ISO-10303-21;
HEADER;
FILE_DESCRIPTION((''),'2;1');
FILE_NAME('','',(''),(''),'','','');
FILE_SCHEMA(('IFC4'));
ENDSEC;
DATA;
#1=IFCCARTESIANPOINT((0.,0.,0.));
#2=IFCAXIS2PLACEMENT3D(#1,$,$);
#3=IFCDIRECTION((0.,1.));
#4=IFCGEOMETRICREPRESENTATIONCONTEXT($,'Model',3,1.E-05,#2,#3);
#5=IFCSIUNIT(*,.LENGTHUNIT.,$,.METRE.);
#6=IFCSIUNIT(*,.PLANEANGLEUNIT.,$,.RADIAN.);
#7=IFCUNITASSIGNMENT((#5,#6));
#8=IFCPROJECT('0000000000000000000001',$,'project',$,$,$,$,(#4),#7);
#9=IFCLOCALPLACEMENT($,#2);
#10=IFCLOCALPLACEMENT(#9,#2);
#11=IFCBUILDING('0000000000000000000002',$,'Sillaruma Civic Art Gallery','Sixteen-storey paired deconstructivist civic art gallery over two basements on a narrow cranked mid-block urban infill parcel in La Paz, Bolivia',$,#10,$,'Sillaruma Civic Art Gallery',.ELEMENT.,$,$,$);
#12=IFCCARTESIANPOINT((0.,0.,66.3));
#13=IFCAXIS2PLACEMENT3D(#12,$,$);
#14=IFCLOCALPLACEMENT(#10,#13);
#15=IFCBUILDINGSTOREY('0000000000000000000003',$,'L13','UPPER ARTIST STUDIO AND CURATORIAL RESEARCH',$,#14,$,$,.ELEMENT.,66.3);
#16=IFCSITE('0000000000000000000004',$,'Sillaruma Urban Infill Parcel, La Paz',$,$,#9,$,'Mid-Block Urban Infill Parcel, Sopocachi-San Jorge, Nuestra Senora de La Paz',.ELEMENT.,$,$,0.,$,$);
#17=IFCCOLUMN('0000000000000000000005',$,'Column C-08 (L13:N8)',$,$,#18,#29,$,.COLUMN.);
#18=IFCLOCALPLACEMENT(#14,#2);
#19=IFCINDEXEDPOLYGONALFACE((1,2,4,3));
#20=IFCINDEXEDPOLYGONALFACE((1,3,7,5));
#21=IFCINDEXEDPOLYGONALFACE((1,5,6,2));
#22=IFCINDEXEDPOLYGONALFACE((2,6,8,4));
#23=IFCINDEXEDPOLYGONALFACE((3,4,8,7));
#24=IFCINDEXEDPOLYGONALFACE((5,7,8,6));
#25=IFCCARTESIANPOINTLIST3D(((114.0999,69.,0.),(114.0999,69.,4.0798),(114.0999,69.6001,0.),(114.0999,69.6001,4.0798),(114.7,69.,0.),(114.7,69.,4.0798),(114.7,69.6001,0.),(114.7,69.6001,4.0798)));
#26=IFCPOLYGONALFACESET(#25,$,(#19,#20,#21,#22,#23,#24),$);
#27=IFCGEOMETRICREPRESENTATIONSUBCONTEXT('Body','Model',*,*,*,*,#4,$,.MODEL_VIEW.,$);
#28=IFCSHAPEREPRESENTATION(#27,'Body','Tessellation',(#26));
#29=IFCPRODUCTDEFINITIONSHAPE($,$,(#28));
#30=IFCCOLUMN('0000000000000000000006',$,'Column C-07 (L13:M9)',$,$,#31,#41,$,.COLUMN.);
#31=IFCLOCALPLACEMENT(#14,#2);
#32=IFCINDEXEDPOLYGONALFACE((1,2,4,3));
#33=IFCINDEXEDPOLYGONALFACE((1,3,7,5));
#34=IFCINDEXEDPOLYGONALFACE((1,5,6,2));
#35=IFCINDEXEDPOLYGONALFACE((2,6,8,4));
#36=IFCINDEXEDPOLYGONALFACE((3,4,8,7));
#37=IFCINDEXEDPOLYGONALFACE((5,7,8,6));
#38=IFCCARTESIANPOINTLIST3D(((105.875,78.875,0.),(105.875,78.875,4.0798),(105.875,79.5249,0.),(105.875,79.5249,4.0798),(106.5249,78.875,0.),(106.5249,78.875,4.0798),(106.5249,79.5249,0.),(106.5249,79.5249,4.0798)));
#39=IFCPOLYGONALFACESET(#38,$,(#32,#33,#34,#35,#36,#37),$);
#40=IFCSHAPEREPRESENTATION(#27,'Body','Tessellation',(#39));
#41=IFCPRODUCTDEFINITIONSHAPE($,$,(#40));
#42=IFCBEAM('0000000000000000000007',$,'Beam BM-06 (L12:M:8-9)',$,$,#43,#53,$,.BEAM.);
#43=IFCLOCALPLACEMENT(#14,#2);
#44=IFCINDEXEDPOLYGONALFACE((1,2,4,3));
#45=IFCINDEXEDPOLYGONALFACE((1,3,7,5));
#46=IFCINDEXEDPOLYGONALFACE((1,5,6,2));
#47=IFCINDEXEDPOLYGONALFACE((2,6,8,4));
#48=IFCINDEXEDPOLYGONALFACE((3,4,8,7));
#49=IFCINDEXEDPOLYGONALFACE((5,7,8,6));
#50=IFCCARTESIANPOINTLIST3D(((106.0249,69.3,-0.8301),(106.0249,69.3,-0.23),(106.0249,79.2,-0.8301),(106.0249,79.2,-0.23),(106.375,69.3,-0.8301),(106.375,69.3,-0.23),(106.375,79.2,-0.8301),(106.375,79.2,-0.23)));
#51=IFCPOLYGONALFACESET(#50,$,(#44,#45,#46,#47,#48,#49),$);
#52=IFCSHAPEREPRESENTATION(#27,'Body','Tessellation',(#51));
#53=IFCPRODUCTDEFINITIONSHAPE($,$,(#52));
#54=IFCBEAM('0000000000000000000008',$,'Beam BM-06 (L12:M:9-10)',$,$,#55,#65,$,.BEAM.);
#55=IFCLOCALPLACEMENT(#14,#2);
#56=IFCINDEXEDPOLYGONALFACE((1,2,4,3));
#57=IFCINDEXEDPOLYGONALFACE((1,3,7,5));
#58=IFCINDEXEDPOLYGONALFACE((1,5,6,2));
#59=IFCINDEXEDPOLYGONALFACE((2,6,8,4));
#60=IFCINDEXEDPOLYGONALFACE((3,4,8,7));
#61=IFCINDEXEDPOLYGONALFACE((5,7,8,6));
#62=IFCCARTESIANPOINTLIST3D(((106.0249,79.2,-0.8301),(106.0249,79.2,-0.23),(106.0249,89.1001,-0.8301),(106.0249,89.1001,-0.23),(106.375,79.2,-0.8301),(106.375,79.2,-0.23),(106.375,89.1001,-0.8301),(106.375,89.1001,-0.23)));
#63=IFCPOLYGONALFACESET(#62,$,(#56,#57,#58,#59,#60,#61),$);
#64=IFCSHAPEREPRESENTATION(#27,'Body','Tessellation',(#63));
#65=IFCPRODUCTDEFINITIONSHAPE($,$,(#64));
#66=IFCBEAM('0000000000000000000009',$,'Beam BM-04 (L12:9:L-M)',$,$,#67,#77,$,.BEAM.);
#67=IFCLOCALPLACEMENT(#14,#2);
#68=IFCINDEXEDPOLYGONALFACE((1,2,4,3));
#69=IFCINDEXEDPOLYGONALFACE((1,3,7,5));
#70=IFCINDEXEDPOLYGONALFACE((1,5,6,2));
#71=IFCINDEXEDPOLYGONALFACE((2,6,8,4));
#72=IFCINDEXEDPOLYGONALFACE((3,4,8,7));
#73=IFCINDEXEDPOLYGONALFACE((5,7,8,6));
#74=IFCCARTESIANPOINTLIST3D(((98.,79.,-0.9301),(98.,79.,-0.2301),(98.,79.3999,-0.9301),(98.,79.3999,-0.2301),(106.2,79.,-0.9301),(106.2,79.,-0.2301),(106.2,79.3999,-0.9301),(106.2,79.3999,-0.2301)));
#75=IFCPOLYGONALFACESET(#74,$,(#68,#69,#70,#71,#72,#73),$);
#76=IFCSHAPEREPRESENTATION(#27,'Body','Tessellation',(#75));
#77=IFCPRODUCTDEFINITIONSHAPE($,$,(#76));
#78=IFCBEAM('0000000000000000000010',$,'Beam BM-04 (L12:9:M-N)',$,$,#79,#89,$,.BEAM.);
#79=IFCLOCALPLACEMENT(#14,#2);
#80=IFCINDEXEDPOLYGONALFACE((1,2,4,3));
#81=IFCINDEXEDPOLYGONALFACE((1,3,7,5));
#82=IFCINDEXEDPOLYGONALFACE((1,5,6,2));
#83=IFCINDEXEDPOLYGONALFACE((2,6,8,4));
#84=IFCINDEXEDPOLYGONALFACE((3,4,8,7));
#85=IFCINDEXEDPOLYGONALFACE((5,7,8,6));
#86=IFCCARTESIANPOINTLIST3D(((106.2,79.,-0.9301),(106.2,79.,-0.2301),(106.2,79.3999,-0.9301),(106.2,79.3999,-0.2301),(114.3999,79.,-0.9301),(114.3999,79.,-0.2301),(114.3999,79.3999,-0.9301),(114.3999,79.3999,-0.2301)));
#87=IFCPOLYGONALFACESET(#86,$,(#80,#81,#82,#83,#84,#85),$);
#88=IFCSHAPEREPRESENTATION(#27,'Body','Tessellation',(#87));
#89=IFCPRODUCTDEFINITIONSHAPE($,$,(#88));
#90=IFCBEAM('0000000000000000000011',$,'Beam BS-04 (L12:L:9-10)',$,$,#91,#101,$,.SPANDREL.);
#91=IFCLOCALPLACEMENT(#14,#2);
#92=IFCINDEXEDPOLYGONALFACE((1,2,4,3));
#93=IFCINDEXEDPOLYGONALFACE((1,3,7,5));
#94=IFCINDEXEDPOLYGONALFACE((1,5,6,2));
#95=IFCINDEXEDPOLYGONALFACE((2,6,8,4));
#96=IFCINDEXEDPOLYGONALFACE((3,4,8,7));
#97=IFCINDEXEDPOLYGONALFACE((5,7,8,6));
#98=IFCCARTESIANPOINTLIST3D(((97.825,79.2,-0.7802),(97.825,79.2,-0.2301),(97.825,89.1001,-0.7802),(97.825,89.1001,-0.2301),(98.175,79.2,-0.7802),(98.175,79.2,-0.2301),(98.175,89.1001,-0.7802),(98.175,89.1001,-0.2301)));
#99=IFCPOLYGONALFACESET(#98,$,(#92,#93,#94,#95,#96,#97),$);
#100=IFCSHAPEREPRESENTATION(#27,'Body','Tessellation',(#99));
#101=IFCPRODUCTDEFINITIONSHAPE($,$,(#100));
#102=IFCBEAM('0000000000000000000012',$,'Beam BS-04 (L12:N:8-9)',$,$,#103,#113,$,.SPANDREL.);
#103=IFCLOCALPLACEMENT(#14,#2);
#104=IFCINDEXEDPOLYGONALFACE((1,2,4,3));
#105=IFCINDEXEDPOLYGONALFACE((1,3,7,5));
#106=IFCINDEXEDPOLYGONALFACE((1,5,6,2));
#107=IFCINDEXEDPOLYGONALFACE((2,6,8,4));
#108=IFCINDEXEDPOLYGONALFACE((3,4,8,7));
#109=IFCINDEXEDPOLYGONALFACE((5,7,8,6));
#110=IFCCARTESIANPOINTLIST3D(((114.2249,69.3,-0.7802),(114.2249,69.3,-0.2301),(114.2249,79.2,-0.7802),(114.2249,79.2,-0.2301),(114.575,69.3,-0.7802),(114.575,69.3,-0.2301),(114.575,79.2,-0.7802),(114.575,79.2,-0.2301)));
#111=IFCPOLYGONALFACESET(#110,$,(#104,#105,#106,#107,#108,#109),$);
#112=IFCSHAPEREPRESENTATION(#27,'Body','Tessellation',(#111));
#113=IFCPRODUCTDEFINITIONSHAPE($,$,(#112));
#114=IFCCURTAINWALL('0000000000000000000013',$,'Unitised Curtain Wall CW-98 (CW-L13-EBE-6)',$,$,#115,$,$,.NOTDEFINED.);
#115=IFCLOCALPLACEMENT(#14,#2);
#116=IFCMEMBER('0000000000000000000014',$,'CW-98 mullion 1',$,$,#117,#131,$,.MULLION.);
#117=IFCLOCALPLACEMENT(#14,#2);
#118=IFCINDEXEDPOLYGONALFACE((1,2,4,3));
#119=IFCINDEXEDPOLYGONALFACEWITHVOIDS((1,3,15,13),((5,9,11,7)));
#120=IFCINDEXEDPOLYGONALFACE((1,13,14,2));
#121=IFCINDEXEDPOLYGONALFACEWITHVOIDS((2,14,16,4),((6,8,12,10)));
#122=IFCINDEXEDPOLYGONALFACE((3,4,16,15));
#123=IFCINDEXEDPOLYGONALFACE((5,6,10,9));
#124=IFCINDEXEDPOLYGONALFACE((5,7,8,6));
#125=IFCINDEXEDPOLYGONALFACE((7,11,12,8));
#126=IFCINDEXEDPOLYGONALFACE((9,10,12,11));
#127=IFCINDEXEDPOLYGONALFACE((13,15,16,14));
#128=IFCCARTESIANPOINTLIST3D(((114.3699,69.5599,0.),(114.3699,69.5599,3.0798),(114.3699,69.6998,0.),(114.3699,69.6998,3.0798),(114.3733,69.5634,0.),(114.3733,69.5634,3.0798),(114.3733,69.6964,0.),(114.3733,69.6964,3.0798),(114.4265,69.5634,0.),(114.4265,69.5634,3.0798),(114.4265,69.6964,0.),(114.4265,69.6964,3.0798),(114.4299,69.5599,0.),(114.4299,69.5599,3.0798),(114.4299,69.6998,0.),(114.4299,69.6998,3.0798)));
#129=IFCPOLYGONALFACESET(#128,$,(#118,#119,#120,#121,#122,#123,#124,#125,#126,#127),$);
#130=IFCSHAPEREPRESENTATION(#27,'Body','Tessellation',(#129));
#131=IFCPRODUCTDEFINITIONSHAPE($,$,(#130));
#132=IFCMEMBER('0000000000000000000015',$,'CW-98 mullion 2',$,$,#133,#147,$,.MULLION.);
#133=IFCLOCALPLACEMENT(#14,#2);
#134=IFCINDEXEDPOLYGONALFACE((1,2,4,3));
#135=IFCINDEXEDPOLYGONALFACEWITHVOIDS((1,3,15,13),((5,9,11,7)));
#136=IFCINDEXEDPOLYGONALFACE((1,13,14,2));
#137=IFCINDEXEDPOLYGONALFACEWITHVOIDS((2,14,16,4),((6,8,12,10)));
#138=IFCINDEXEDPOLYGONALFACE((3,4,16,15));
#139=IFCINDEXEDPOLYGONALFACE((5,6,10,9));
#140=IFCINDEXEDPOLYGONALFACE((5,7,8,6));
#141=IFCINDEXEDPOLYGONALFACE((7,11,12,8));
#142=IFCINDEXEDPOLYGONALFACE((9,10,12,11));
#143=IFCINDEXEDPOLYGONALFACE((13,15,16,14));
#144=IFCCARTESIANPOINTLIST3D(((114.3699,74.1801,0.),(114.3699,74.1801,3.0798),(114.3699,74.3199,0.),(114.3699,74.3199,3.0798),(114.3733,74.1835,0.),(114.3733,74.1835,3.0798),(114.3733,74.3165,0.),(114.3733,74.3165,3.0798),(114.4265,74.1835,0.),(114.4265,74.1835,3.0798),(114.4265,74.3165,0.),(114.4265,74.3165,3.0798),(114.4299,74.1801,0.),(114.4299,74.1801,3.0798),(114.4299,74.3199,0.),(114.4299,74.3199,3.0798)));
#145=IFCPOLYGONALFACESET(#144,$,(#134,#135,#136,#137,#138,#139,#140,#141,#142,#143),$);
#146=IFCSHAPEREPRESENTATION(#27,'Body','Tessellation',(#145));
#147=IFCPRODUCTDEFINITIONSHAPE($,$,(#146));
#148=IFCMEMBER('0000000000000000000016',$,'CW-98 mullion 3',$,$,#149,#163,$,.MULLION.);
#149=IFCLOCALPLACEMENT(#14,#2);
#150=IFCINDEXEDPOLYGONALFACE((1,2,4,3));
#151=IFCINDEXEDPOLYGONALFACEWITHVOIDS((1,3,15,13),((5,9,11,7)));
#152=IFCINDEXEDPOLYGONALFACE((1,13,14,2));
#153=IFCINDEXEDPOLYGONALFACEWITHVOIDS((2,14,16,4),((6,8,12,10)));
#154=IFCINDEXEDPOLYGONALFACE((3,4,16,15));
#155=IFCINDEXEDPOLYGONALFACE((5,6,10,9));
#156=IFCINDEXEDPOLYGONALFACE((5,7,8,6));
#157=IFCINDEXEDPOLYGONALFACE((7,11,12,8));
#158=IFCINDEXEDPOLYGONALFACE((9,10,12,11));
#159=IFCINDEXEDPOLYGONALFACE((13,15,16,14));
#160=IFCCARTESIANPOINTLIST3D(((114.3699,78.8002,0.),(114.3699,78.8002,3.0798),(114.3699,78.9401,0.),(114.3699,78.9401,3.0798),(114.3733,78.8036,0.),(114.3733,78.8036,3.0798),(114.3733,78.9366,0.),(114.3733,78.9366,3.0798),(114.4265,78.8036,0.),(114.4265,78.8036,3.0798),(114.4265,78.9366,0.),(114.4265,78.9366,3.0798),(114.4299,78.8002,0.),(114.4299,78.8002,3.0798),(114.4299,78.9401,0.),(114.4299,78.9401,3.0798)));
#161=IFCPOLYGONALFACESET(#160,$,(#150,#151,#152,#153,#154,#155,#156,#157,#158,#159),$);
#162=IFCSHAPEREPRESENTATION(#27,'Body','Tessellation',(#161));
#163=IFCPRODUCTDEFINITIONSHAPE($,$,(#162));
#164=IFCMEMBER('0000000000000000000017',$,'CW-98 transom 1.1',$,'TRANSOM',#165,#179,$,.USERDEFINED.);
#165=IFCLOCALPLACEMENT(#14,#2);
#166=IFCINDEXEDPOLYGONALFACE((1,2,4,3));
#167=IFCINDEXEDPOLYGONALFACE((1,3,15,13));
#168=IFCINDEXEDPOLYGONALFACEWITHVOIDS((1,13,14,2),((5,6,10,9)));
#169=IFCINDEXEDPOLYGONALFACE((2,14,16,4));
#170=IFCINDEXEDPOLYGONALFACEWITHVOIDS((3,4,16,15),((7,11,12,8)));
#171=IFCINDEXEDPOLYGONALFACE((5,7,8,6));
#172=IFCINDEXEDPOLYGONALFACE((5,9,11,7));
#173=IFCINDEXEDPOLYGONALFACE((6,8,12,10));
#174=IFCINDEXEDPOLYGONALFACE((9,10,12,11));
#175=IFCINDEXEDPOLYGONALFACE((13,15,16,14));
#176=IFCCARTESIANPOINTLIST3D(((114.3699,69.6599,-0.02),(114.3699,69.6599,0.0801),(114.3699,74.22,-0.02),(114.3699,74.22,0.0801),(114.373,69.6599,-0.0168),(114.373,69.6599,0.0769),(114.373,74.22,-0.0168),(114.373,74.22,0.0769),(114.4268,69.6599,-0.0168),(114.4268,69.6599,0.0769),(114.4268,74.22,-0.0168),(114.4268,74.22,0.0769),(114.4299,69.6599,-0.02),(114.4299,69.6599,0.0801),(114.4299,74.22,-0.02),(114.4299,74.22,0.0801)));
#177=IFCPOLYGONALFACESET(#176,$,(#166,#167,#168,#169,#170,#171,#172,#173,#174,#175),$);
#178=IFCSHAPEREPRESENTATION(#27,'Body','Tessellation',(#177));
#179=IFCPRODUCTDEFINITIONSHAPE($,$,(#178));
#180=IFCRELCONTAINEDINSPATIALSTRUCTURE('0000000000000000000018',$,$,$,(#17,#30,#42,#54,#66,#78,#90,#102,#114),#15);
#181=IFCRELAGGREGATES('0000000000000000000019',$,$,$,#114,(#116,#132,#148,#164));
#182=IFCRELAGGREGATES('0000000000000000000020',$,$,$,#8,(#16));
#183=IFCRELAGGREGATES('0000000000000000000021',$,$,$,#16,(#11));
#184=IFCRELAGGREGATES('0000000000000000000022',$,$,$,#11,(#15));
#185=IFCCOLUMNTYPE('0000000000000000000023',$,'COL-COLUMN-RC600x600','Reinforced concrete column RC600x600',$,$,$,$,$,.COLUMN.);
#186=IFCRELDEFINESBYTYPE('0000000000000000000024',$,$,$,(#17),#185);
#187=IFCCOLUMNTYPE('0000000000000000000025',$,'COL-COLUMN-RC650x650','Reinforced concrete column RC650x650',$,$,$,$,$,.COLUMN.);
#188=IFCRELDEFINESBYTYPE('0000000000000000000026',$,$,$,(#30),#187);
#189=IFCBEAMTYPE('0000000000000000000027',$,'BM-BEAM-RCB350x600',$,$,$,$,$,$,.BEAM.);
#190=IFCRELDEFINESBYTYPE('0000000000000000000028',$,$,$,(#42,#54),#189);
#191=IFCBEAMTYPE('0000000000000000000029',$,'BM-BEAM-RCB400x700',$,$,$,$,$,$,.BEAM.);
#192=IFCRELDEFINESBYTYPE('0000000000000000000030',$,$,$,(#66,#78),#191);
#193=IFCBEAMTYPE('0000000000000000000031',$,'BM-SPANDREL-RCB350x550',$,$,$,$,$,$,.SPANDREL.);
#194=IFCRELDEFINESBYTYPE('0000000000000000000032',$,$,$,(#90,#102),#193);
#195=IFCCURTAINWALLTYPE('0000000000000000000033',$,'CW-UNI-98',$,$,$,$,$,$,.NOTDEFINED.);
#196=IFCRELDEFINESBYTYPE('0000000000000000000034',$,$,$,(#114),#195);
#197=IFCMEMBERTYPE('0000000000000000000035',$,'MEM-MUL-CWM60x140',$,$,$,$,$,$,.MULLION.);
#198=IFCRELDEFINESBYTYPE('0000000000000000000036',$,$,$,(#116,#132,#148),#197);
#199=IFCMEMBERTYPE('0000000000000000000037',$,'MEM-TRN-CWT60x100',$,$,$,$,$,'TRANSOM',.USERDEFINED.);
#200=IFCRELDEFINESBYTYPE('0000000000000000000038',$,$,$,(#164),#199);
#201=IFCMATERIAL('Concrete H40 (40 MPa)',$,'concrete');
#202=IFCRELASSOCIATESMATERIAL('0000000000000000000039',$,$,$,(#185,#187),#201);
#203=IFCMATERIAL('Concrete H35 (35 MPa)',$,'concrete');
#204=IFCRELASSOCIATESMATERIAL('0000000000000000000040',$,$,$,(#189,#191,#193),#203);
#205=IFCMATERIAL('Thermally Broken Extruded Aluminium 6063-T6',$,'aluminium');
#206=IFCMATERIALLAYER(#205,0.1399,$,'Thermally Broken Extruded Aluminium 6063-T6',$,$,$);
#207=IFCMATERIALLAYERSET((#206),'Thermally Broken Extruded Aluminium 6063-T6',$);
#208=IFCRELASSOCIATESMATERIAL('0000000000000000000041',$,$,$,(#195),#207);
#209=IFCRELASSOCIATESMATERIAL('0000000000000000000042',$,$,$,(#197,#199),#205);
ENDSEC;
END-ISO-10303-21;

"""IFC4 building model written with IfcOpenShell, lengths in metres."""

from ifc_helpers import new_model, si_unit, direction, frame, origin, origin_2d, place, context, subcontext, project, spatial, rectangle, hollow_rectangle, extrude, material, layer, layer_set, material_profile, profile_set, type_object, element, aggregate, save


model = new_model("IFC4")

# Units and contexts
model_context = context("Model", 3, precision=1e-05, world=origin(), true_north=direction((0.0, 1.0)))
body_context = subcontext(model_context, "Body", "Model", "MODEL_VIEW")
ifc_project = project(units=[si_unit("LENGTHUNIT", "METRE"), si_unit("PLANEANGLEUNIT", "RADIAN")], contexts=[model_context])

# Site, building, storey
site_placement = place(None, origin())
site = spatial("IfcSite", under=ifc_project, at=site_placement, Name="Sillaruma Urban Infill Parcel, La Paz", LongName="Mid-Block Urban Infill Parcel, Sopocachi-San Jorge, Nuestra Senora de La Paz", CompositionType="ELEMENT", RefElevation=0.0)
building_placement = place(site_placement, origin())
building = spatial("IfcBuilding", under=site, at=building_placement, Name="Sillaruma Civic Art Gallery", Description="Sixteen-storey paired deconstructivist civic art gallery over two basements on a narrow cranked mid-block urban infill parcel in La Paz, Bolivia", LongName="Sillaruma Civic Art Gallery", CompositionType="ELEMENT")
storey_placement = place(building_placement, frame((0.0, 0.0, 66.3)))
storey = spatial("IfcBuildingStorey", under=building, at=storey_placement, Name="L13", Description="UPPER ARTIST STUDIO AND CURATORIAL RESEARCH", CompositionType="ELEMENT", Elevation=66.3)

# Columns
ifc_material_1 = material(Name="Concrete H40 (40 MPa)", Category="concrete")
ifc_material_profile_1 = material_profile(ifc_material_1, rectangle(XDim=0.6001, YDim=0.6001, at=origin_2d()), Name="RC600x600")
ifc_profile_set_1 = profile_set([ifc_material_profile_1], Name="Concrete H40 (40 MPa)")
column_type_1 = type_object("IfcColumnType", Name="COL-COLUMN-RC600x600", Description="Reinforced concrete column RC600x600", PredefinedType="COLUMN", material=ifc_profile_set_1)
column_1_placement = place(storey_placement, frame((114.3999, 69.3, 0.0), z_axis=(0.0, 0.0, 1.0), x_axis=(1.0, 0.0, 0.0)))
element("IfcColumn", 1, at=column_1_placement, inside=storey, type_object=column_type_1, Name="Column C-08 (L13:N8)", PredefinedType="COLUMN", context=body_context, shape_type="SweptSolid", body=[
    extrude(rectangle(XDim=0.6001, YDim=0.6001, at=origin_2d()), origin(), (0.0, 0.0, 1.0), 4.0798),
])
ifc_material_profile_2 = material_profile(ifc_material_1, rectangle(XDim=0.6499, YDim=0.6499, at=origin_2d()), Name="RC650x650")
ifc_profile_set_2 = profile_set([ifc_material_profile_2], Name="Concrete H40 (40 MPa)")
column_type_2 = type_object("IfcColumnType", Name="COL-COLUMN-RC650x650", Description="Reinforced concrete column RC650x650", PredefinedType="COLUMN", material=ifc_profile_set_2)
column_2_placement = place(storey_placement, frame((106.2, 79.2, 0.0), z_axis=(0.0, 0.0, 1.0), x_axis=(1.0, 0.0, 0.0)))
element("IfcColumn", 2, at=column_2_placement, inside=storey, type_object=column_type_2, Name="Column C-07 (L13:M9)", PredefinedType="COLUMN", context=body_context, shape_type="SweptSolid", body=[
    extrude(rectangle(XDim=0.6499, YDim=0.6499, at=origin_2d()), origin(), (0.0, 0.0, 1.0), 4.0798),
])

# Beams
ifc_material_2 = material(Name="Concrete H35 (35 MPa)", Category="concrete")
ifc_material_profile_3 = material_profile(ifc_material_2, rectangle(XDim=0.3501, YDim=0.6001, at=origin_2d()), Name="RCB350x600")
ifc_profile_set_3 = profile_set([ifc_material_profile_3], Name="Concrete H35 (35 MPa)")
beam_type_1 = type_object("IfcBeamType", Name="BM-BEAM-RCB350x600", PredefinedType="BEAM", material=ifc_profile_set_3)
beam_1_placement = place(storey_placement, frame((106.2, 69.3, -0.53), z_axis=(0.0, 1.0, 0.0), x_axis=(-1.0, 0.0, 0.0)))
element("IfcBeam", 3, at=beam_1_placement, inside=storey, type_object=beam_type_1, Name="Beam BM-06 (L12:M:8-9)", PredefinedType="BEAM", context=body_context, shape_type="SweptSolid", body=[
    extrude(rectangle(XDim=0.3501, YDim=0.6001, at=origin_2d()), origin(), (0.0, 0.0, 1.0), 9.8999),
])
beam_2_placement = place(storey_placement, frame((106.2, 79.2, -0.53), z_axis=(0.0, 1.0, 0.0), x_axis=(-1.0, 0.0, 0.0)))
element("IfcBeam", 4, at=beam_2_placement, inside=storey, type_object=beam_type_1, Name="Beam BM-06 (L12:M:9-10)", PredefinedType="BEAM", context=body_context, shape_type="SweptSolid", body=[
    extrude(rectangle(XDim=0.3501, YDim=0.6001, at=origin_2d()), origin(), (0.0, 0.0, 1.0), 9.9001),
])
ifc_material_profile_4 = material_profile(ifc_material_2, rectangle(XDim=0.3999, YDim=0.7, at=origin_2d()), Name="RCB400x700")
ifc_profile_set_4 = profile_set([ifc_material_profile_4], Name="Concrete H35 (35 MPa)")
beam_type_2 = type_object("IfcBeamType", Name="BM-BEAM-RCB400x700", PredefinedType="BEAM", material=ifc_profile_set_4)
for number, where, z_axis, x_axis, name in (
    (5, (98.0, 79.2, -0.5801), (1.0, 0.0, 0.0), (0.0, 1.0, 0.0), "Beam BM-04 (L12:9:L-M)"),
    (6, (106.2, 79.2, -0.5801), (1.0, 0.0, 0.0), (0.0, 1.0, 0.0), "Beam BM-04 (L12:9:M-N)"),
):
    element("IfcBeam", number, at=place(storey_placement, frame(where, z_axis=z_axis, x_axis=x_axis)), inside=storey, type_object=beam_type_2, Name=name, PredefinedType="BEAM", context=body_context, shape_type="SweptSolid", body=[
        extrude(rectangle(XDim=0.3999, YDim=0.7, at=origin_2d()), origin(), (0.0, 0.0, 1.0), 8.2),
    ])
ifc_material_profile_5 = material_profile(ifc_material_2, rectangle(XDim=0.3501, YDim=0.55, at=origin_2d()), Name="RCB350x550")
ifc_profile_set_5 = profile_set([ifc_material_profile_5], Name="Concrete H35 (35 MPa)")
beam_type_3 = type_object("IfcBeamType", Name="BM-SPANDREL-RCB350x550", PredefinedType="SPANDREL", material=ifc_profile_set_5)
beam_3_placement = place(storey_placement, frame((98.0, 79.2, -0.5051), z_axis=(0.0, 1.0, 0.0), x_axis=(-1.0, 0.0, 0.0)))
element("IfcBeam", 7, at=beam_3_placement, inside=storey, type_object=beam_type_3, Name="Beam BS-04 (L12:L:9-10)", PredefinedType="SPANDREL", context=body_context, shape_type="SweptSolid", body=[
    extrude(rectangle(XDim=0.3501, YDim=0.55, at=origin_2d()), origin(), (0.0, 0.0, 1.0), 9.9001),
])
beam_4_placement = place(storey_placement, frame((114.3999, 69.3, -0.5051), z_axis=(0.0, 1.0, 0.0), x_axis=(-1.0, 0.0, 0.0)))
element("IfcBeam", 8, at=beam_4_placement, inside=storey, type_object=beam_type_3, Name="Beam BS-04 (L12:N:8-9)", PredefinedType="SPANDREL", context=body_context, shape_type="SweptSolid", body=[
    extrude(rectangle(XDim=0.3501, YDim=0.55, at=origin_2d()), origin(), (0.0, 0.0, 1.0), 9.8999),
])

# Curtain wall, members
ifc_material_3 = material(Name="Thermally Broken Extruded Aluminium 6063-T6", Category="aluminium")
ifc_layer_1 = layer(ifc_material_3, 0.1399, Name="Thermally Broken Extruded Aluminium 6063-T6")
ifc_layer_set_1 = layer_set([ifc_layer_1], Name="Thermally Broken Extruded Aluminium 6063-T6")
curtain_wall_type = type_object("IfcCurtainWallType", Name="CW-UNI-98", PredefinedType="NOTDEFINED", material=ifc_layer_set_1)
curtain_wall_placement = place(storey_placement, origin())
curtain_wall = element("IfcCurtainWall", 9, at=curtain_wall_placement, inside=storey, type_object=curtain_wall_type, Name="Unitised Curtain Wall CW-98 (CW-L13-EBE-6)", PredefinedType="NOTDEFINED")
ifc_material_profile_6 = material_profile(ifc_material_3, hollow_rectangle(XDim=0.0601, YDim=0.1399, WallThickness=0.0034, at=origin_2d()), Name="CWM60x140")
ifc_profile_set_6 = profile_set([ifc_material_profile_6], Name="Thermally Broken Extruded Aluminium 6063-T6")
member_type_1 = type_object("IfcMemberType", Name="MEM-MUL-CWM60x140", PredefinedType="MULLION", material=ifc_profile_set_6)
member_1_placement = place(storey_placement, frame((114.3999, 69.6299, 0.0), z_axis=(0.0, 0.0, 1.0), x_axis=(-1.0, 0.0, 0.0)))
member_1 = element("IfcMember", 10, at=member_1_placement, type_object=member_type_1, Name="CW-98 mullion 1", PredefinedType="MULLION", context=body_context, shape_type="SweptSolid", body=[
    extrude(hollow_rectangle(XDim=0.0601, YDim=0.1399, WallThickness=0.0034, at=origin_2d()), origin(), (0.0, 0.0, 1.0), 3.0798),
])
member_2_placement = place(storey_placement, frame((114.3999, 74.25, 0.0), z_axis=(0.0, 0.0, 1.0), x_axis=(-1.0, 0.0, 0.0)))
member_2 = element("IfcMember", 11, at=member_2_placement, type_object=member_type_1, Name="CW-98 mullion 2", PredefinedType="MULLION", context=body_context, shape_type="SweptSolid", body=[
    extrude(hollow_rectangle(XDim=0.0601, YDim=0.1399, WallThickness=0.0034, at=origin_2d()), origin(), (0.0, 0.0, 1.0), 3.0798),
])
member_3_placement = place(storey_placement, frame((114.3999, 78.8701, 0.0), z_axis=(0.0, 0.0, 1.0), x_axis=(-1.0, 0.0, 0.0)))
member_3 = element("IfcMember", 12, at=member_3_placement, type_object=member_type_1, Name="CW-98 mullion 3", PredefinedType="MULLION", context=body_context, shape_type="SweptSolid", body=[
    extrude(hollow_rectangle(XDim=0.0601, YDim=0.1399, WallThickness=0.0034, at=origin_2d()), origin(), (0.0, 0.0, 1.0), 3.0798),
])
ifc_material_profile_7 = material_profile(ifc_material_3, hollow_rectangle(XDim=0.0601, YDim=0.1001, WallThickness=0.0032, at=origin_2d()), Name="CWT60x100")
ifc_profile_set_7 = profile_set([ifc_material_profile_7], Name="Thermally Broken Extruded Aluminium 6063-T6")
member_type_2 = type_object("IfcMemberType", Name="MEM-TRN-CWT60x100", ElementType="TRANSOM", PredefinedType="USERDEFINED", material=ifc_profile_set_7)
member_4_placement = place(storey_placement, frame((114.3999, 69.6599, 0.03), z_axis=(0.0, 1.0, 0.0), x_axis=(-1.0, 0.0, 0.0)))
member_4 = element("IfcMember", 13, at=member_4_placement, type_object=member_type_2, Name="CW-98 transom 1.1", ObjectType="TRANSOM", PredefinedType="USERDEFINED", context=body_context, shape_type="SweptSolid", body=[
    extrude(hollow_rectangle(XDim=0.0601, YDim=0.1001, WallThickness=0.0032, at=origin_2d()), origin(), (0.0, 0.0, 1.0), 4.5601),
])
aggregate(curtain_wall, [member_1, member_2, member_3, member_4])

save(model, "model.ifc")
